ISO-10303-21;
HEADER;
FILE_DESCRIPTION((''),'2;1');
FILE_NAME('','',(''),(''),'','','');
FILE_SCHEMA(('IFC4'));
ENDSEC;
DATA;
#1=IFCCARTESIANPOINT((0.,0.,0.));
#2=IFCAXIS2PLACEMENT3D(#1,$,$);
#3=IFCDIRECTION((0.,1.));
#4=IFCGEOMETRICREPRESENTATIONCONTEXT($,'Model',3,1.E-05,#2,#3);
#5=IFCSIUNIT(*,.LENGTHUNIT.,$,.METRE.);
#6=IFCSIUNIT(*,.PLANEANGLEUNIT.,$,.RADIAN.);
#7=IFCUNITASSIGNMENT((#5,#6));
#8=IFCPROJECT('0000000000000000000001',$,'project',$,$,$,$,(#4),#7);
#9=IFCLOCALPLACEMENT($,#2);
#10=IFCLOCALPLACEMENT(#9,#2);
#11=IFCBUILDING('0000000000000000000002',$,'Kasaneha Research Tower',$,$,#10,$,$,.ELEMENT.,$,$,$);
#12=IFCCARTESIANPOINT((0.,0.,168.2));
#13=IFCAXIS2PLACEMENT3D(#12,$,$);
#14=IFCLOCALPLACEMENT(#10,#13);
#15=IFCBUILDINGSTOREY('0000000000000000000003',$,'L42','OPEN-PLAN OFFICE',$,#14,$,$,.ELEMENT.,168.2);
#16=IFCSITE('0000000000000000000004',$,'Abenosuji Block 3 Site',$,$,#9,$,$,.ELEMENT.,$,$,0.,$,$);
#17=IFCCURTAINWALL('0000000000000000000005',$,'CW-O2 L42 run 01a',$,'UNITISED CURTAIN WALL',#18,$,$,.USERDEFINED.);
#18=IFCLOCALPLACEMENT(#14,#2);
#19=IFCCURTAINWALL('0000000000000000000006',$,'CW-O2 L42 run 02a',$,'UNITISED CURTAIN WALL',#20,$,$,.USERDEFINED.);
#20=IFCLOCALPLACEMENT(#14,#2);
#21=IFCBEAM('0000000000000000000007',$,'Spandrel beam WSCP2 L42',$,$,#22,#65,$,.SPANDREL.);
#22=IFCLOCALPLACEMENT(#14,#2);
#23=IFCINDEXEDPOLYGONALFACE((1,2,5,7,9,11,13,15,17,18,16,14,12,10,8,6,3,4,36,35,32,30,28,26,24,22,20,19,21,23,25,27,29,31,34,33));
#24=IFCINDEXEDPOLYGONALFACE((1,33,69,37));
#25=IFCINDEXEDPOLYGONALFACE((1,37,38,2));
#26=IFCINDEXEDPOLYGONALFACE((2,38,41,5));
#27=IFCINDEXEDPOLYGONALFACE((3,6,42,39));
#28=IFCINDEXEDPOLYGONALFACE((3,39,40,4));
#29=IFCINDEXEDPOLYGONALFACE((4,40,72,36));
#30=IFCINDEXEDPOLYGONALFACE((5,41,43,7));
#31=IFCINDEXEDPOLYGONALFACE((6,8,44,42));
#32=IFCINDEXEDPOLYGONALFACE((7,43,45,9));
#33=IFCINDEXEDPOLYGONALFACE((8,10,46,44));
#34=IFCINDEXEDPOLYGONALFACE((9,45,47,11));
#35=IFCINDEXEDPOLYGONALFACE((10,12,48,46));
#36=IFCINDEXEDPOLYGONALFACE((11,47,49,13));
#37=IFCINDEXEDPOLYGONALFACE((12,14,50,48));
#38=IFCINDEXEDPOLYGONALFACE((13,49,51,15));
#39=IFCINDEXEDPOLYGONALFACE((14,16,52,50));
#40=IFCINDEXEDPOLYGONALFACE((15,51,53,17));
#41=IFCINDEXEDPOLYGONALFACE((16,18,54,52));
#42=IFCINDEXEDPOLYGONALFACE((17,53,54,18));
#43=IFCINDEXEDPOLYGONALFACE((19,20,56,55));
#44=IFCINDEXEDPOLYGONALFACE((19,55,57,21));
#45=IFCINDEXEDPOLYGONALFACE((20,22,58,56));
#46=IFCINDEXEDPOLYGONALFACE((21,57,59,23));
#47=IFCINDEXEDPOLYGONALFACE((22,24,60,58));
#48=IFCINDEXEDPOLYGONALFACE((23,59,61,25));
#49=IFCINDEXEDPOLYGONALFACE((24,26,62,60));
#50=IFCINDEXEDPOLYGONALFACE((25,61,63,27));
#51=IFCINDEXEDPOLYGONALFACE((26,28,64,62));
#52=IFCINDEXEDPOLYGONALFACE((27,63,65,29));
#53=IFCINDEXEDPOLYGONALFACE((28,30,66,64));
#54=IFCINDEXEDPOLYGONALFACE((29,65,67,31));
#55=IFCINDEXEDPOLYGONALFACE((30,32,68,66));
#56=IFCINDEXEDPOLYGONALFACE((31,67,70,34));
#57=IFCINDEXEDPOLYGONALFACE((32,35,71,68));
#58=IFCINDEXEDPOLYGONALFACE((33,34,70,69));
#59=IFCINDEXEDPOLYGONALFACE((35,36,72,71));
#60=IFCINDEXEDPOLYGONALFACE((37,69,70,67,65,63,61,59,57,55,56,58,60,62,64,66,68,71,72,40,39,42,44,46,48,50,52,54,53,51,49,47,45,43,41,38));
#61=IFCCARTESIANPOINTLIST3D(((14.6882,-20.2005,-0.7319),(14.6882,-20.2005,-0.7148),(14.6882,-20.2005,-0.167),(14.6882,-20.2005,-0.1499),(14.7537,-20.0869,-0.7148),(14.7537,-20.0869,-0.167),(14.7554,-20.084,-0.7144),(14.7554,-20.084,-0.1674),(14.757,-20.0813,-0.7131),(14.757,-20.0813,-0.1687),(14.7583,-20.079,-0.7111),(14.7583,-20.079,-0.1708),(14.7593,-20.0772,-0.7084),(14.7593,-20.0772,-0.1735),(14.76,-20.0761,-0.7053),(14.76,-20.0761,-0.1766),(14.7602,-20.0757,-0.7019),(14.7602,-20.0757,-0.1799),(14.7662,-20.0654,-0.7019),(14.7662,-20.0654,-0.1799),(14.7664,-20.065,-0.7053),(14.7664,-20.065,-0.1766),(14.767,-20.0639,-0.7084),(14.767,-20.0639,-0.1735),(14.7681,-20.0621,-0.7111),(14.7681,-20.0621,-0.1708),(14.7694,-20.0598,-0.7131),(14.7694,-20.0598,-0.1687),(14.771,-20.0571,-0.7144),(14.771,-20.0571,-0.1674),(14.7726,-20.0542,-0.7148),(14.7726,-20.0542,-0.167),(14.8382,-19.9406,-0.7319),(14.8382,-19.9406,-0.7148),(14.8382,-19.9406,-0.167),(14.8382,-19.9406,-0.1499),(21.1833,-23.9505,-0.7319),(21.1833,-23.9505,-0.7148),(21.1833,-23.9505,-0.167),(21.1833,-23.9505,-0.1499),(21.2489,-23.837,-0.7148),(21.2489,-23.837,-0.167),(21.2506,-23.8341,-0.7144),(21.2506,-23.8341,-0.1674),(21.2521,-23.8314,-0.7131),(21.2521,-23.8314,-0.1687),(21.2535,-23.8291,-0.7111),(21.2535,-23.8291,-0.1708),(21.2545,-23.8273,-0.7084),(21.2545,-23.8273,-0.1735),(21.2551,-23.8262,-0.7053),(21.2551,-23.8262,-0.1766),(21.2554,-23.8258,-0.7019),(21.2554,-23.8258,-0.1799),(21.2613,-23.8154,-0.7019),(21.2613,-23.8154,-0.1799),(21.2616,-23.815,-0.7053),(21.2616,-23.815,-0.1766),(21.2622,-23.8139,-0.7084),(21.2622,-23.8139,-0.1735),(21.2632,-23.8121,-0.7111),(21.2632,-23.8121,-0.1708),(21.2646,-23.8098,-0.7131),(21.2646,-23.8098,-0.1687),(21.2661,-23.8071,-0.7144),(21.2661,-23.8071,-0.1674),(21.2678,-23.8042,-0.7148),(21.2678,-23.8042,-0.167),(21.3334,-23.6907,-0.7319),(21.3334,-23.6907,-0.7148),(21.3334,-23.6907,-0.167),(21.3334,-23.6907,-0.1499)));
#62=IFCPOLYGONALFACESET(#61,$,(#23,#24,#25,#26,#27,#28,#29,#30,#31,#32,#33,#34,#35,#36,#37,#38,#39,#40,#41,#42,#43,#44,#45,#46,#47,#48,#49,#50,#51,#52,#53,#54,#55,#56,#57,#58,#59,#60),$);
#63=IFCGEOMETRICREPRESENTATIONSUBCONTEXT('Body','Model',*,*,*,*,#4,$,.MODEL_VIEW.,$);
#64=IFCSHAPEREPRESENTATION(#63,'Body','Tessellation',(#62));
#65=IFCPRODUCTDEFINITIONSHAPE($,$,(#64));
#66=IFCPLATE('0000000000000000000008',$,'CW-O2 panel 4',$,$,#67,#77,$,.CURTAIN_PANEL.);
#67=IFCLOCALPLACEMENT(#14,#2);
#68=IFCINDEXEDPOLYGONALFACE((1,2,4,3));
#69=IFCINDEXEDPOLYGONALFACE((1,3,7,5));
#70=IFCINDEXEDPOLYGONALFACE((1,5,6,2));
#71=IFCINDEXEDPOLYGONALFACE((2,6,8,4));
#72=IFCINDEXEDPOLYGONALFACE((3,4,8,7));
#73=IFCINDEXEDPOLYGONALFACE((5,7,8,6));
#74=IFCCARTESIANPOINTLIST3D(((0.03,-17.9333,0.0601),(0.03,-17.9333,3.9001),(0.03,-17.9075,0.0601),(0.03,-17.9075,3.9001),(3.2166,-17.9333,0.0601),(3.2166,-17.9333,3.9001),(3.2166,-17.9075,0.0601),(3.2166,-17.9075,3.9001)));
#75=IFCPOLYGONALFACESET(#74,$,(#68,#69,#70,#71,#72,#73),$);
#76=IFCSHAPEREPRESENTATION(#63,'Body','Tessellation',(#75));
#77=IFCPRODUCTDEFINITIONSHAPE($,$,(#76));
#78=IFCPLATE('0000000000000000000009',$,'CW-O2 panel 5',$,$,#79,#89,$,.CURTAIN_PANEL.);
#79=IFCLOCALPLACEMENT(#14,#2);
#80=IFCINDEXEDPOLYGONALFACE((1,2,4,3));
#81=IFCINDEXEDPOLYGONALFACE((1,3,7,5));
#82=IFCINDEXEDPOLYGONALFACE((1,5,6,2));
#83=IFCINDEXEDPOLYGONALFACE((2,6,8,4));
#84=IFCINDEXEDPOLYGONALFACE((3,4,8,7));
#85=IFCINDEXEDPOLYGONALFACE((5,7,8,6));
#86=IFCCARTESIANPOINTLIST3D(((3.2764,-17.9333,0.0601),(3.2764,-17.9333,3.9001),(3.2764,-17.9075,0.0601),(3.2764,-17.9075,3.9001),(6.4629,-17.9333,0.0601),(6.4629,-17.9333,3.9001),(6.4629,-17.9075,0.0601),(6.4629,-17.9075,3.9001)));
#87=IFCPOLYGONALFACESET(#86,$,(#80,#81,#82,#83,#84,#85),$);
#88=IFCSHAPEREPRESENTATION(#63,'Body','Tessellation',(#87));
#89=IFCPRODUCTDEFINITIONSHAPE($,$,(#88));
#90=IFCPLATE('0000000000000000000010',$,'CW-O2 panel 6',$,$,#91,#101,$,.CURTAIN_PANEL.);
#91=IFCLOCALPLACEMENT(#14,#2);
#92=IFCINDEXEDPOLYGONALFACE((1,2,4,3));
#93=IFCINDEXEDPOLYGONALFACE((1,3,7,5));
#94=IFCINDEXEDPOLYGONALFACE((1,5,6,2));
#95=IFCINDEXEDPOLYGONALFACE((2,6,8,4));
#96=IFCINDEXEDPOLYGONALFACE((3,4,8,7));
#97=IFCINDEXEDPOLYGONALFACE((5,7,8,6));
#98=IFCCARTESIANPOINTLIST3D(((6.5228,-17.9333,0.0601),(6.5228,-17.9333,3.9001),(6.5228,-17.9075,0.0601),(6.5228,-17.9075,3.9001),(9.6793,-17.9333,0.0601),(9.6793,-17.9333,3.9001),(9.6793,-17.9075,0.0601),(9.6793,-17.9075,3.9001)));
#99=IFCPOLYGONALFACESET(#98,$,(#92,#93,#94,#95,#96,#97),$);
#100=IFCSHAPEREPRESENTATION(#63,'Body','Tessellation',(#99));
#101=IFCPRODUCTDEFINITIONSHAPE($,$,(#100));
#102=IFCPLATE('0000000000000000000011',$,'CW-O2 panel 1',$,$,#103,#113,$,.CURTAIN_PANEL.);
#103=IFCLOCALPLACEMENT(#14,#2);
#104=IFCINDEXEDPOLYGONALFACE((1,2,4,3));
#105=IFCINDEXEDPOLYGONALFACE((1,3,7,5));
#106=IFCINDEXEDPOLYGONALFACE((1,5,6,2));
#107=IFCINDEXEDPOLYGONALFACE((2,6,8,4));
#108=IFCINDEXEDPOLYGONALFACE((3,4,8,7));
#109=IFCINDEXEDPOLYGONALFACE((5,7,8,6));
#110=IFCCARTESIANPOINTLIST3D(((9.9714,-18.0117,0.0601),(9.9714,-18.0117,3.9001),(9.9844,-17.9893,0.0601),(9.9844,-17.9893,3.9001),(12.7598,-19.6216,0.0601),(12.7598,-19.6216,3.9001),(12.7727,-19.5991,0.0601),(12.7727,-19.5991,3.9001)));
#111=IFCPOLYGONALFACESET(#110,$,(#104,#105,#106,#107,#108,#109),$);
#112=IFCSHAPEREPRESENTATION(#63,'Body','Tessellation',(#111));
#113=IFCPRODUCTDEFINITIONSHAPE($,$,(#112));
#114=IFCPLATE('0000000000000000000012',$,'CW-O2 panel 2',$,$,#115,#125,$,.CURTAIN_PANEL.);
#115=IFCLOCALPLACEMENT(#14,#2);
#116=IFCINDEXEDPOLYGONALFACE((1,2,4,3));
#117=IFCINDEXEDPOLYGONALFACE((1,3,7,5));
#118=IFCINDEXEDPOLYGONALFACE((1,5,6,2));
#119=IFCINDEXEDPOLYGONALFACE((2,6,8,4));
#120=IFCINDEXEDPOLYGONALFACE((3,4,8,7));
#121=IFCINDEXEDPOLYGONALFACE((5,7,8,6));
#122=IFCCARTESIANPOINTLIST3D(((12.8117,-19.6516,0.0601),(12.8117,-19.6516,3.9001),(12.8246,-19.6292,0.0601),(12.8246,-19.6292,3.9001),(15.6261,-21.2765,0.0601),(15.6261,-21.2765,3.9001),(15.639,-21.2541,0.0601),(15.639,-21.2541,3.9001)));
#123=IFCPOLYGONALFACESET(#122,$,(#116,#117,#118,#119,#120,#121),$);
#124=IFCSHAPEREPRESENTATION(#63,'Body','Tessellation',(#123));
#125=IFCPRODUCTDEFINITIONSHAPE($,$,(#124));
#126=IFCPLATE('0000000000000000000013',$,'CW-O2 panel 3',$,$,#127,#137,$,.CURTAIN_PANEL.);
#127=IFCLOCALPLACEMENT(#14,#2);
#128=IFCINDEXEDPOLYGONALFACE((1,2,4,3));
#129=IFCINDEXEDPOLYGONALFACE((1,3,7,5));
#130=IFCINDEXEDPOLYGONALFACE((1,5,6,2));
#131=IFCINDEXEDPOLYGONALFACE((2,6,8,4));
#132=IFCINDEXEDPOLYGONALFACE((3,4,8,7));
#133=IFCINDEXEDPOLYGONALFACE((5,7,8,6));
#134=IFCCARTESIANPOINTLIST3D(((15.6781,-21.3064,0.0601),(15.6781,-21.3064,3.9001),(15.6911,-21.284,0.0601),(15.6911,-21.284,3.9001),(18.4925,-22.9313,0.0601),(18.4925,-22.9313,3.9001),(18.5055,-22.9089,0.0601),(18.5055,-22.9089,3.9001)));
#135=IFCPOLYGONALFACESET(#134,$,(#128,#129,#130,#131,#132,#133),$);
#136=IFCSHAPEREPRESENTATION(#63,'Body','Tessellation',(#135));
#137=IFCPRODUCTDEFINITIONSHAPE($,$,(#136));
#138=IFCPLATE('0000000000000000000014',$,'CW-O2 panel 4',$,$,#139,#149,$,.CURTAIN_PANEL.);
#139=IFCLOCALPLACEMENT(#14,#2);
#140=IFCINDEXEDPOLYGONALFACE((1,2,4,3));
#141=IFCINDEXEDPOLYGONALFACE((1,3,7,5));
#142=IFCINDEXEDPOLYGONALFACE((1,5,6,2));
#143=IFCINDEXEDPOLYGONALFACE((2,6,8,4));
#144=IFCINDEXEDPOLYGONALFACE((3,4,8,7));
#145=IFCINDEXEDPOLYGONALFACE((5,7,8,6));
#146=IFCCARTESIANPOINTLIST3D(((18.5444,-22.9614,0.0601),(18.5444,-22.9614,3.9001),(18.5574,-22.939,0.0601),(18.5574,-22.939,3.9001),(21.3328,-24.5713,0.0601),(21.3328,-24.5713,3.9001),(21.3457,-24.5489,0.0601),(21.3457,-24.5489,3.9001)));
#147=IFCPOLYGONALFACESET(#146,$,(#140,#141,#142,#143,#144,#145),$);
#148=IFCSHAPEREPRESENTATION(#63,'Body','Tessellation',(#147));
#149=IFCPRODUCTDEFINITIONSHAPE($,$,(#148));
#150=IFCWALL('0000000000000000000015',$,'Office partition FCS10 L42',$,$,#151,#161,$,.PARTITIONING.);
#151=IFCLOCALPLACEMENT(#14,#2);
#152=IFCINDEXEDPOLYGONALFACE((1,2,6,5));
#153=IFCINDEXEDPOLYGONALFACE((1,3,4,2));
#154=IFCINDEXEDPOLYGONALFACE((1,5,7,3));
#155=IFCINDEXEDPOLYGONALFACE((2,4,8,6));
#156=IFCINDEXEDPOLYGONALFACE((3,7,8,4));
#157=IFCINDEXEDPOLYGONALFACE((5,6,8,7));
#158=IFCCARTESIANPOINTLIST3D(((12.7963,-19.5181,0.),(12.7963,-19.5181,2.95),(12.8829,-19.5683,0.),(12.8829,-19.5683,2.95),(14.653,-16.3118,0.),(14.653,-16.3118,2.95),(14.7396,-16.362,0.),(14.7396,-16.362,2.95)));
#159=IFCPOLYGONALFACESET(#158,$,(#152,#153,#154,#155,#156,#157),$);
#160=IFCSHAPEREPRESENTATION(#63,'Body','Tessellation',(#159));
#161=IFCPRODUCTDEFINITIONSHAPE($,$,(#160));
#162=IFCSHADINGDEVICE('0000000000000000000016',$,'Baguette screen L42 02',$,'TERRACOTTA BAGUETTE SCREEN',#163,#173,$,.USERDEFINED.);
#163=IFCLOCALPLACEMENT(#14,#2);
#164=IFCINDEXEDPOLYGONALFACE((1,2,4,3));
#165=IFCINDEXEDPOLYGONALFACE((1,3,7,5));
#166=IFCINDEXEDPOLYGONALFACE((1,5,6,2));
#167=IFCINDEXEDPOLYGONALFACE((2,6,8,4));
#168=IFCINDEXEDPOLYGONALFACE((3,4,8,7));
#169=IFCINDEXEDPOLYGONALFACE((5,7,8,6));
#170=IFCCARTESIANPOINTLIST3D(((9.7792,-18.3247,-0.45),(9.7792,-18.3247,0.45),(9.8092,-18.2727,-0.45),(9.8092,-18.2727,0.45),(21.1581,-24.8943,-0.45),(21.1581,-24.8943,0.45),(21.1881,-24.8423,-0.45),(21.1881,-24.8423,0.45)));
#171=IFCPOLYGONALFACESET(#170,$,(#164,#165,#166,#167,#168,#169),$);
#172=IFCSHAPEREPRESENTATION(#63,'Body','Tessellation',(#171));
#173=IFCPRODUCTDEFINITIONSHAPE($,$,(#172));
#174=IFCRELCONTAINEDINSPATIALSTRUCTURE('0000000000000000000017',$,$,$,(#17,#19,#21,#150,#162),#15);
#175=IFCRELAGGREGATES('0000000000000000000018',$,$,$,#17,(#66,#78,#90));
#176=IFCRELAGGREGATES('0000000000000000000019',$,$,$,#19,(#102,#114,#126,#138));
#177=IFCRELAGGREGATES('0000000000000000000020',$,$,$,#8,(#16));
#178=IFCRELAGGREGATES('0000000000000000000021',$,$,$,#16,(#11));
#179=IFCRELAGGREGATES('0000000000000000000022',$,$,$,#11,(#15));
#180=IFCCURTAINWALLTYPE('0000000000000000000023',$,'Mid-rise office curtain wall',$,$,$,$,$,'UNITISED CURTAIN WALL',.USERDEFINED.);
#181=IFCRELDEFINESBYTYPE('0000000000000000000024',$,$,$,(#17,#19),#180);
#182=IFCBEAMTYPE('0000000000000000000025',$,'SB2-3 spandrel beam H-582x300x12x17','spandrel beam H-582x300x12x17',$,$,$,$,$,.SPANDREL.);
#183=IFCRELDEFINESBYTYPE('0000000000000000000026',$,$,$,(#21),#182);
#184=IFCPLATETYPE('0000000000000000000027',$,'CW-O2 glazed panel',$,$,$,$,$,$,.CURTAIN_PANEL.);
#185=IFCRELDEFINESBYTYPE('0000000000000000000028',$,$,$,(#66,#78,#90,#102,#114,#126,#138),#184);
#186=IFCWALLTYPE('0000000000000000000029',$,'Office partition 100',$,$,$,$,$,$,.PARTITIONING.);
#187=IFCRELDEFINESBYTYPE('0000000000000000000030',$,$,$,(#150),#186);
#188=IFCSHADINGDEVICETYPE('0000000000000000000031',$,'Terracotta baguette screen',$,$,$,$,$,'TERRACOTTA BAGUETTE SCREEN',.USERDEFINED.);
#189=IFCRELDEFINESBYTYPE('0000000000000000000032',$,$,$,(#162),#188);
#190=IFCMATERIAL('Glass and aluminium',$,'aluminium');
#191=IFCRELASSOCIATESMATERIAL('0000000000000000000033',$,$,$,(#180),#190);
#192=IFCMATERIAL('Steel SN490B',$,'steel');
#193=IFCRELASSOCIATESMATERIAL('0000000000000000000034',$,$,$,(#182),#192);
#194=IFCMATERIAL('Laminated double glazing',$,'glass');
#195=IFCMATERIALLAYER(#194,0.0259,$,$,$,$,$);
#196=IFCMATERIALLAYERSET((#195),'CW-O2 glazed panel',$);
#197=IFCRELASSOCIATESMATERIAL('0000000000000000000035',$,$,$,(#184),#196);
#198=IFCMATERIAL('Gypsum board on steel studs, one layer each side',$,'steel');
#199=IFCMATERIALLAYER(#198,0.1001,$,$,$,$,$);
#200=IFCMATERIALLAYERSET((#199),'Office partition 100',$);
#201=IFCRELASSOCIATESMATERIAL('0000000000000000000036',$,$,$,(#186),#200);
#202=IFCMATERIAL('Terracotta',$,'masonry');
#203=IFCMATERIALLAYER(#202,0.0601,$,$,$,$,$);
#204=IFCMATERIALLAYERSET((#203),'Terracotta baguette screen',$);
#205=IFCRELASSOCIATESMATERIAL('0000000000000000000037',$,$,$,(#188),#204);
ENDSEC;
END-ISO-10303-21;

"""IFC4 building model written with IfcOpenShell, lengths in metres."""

from ifc_helpers import new_model, si_unit, direction, frame, frame_2d, origin, origin_2d, place, context, subcontext, project, spatial, rectangle, i_section, extrude, material, layer, layer_set, material_profile, profile_set, type_object, element, aggregate, save


model = new_model("IFC4")

# Units and contexts
model_context = context("Model", 3, precision=1e-05, world=origin(), true_north=direction((0.0, 1.0)))
body_context = subcontext(model_context, "Body", "Model", "MODEL_VIEW")
ifc_project = project(units=[si_unit("LENGTHUNIT", "METRE"), si_unit("PLANEANGLEUNIT", "RADIAN")], contexts=[model_context])

# Site, building, storey
site_placement = place(None, origin())
site = spatial("IfcSite", under=ifc_project, at=site_placement, Name="Abenosuji Block 3 Site", CompositionType="ELEMENT", RefElevation=0.0)
building_placement = place(site_placement, origin())
building = spatial("IfcBuilding", under=site, at=building_placement, Name="Kasaneha Research Tower", CompositionType="ELEMENT")
storey_placement = place(building_placement, frame((0.0, 0.0, 168.2)))
storey = spatial("IfcBuildingStorey", under=building, at=storey_placement, Name="L42", Description="OPEN-PLAN OFFICE", CompositionType="ELEMENT", Elevation=168.2)

# Curtain walls
ifc_material_1 = material(Name="Glass and aluminium", Category="aluminium")
curtain_wall_type = type_object("IfcCurtainWallType", Name="Mid-rise office curtain wall", ElementType="UNITISED CURTAIN WALL", PredefinedType="USERDEFINED", material=ifc_material_1)
curtain_wall_1_placement = place(storey_placement, origin())
curtain_wall_1 = element("IfcCurtainWall", 1, at=curtain_wall_1_placement, inside=storey, type_object=curtain_wall_type, Name="CW-O2 L42 run 01a", ObjectType="UNITISED CURTAIN WALL", PredefinedType="USERDEFINED")
curtain_wall_2_placement = place(storey_placement, origin())
curtain_wall_2 = element("IfcCurtainWall", 2, at=curtain_wall_2_placement, inside=storey, type_object=curtain_wall_type, Name="CW-O2 L42 run 02a", ObjectType="UNITISED CURTAIN WALL", PredefinedType="USERDEFINED")

# Beam
ifc_material_2 = material(Name="Steel SN490B", Category="steel")
ifc_material_profile_1 = material_profile(ifc_material_2, i_section(OverallWidth=0.3, OverallDepth=0.582, WebThickness=0.012, FlangeThickness=0.0171, FilletRadius=0.0129, at=origin_2d()), Name="H-582x300x12x17")
ifc_profile_set_1 = profile_set([ifc_material_profile_1], Name="Steel SN490B")
beam_type_1 = type_object("IfcBeamType", Name="SB2-3 spandrel beam H-582x300x12x17", Description="spandrel beam H-582x300x12x17", PredefinedType="SPANDREL", material=ifc_profile_set_1)
beam_1_placement = place(storey_placement, frame((14.7632, -20.0706, -0.4409), z_axis=(0.866023, -0.500004, 0.0), x_axis=(0.500004, 0.866023, 0.0)))
element("IfcBeam", 3, at=beam_1_placement, inside=storey, type_object=beam_type_1, Name="Spandrel beam WSCP2 L42", PredefinedType="SPANDREL", context=body_context, shape_type="SweptSolid", body=[
    extrude(i_section(OverallWidth=0.3, OverallDepth=0.582, WebThickness=0.012, FlangeThickness=0.0171, FilletRadius=0.0129, at=origin_2d()), origin(), (0.0, 0.0, 1.0), 7.5),
])

# Plates
ifc_material_3 = material(Name="Laminated double glazing", Category="glass")
ifc_layer_1 = layer(ifc_material_3, 0.0259)
ifc_layer_set_1 = layer_set([ifc_layer_1], Name="CW-O2 glazed panel")
plate_type = type_object("IfcPlateType", Name="CW-O2 glazed panel", PredefinedType="CURTAIN_PANEL", material=ifc_layer_set_1)
plate_1_placement = place(storey_placement, frame((1.6233, -17.9204, 0.0601), z_axis=(0.0, 0.0, 1.0), x_axis=(1.0, 0.0, 0.0)))
plate_1 = element("IfcPlate", 4, at=plate_1_placement, type_object=plate_type, Name="CW-O2 panel 4", PredefinedType="CURTAIN_PANEL", context=body_context, shape_type="SweptSolid", body=[
    extrude(rectangle(XDim=3.1865, YDim=0.0259, at=origin_2d()), origin(), (0.0, 0.0, 1.0), 3.8401),
])
plate_2_placement = place(storey_placement, frame((4.8696, -17.9204, 0.0601), z_axis=(0.0, 0.0, 1.0), x_axis=(1.0, 0.0, 0.0)))
plate_2 = element("IfcPlate", 5, at=plate_2_placement, type_object=plate_type, Name="CW-O2 panel 5", PredefinedType="CURTAIN_PANEL", context=body_context, shape_type="SweptSolid", body=[
    extrude(rectangle(XDim=3.1865, YDim=0.0259, at=origin_2d()), origin(), (0.0, 0.0, 1.0), 3.8401),
])
plate_3_placement = place(storey_placement, frame((8.1011, -17.9204, 0.0601), z_axis=(0.0, 0.0, 1.0), x_axis=(1.0, 0.0, 0.0)))
plate_3 = element("IfcPlate", 6, at=plate_3_placement, type_object=plate_type, Name="CW-O2 panel 6", PredefinedType="CURTAIN_PANEL", context=body_context, shape_type="SweptSolid", body=[
    extrude(rectangle(XDim=3.1565, YDim=0.0259, at=origin_2d()), origin(), (0.0, 0.0, 1.0), 3.8401),
])
aggregate(curtain_wall_1, [plate_1, plate_2, plate_3])
plate_4_placement = place(storey_placement, frame((11.3721, -18.8054, 0.0601), z_axis=(0.0, 0.0, 1.0), x_axis=(0.866025, -0.5, 0.0)))
plate_4 = element("IfcPlate", 7, at=plate_4_placement, type_object=plate_type, Name="CW-O2 panel 1", PredefinedType="CURTAIN_PANEL", context=body_context, shape_type="SweptSolid", body=[
    extrude(rectangle(XDim=3.2197, YDim=0.0259, at=origin_2d()), origin(), (0.0, 0.0, 1.0), 3.8401),
])
plate_5_placement = place(storey_placement, frame((14.2253, -20.4529, 0.0601), z_axis=(0.0, 0.0, 1.0), x_axis=(0.866025, -0.5, 0.0)))
plate_5 = element("IfcPlate", 8, at=plate_5_placement, type_object=plate_type, Name="CW-O2 panel 2", PredefinedType="CURTAIN_PANEL", context=body_context, shape_type="SweptSolid", body=[
    extrude(rectangle(XDim=3.2498, YDim=0.0259, at=origin_2d()), origin(), (0.0, 0.0, 1.0), 3.8401),
])
plate_6_placement = place(storey_placement, frame((17.0918, -22.1077, 0.0601), z_axis=(0.0, 0.0, 1.0), x_axis=(0.866025, -0.5, 0.0)))
plate_6 = element("IfcPlate", 9, at=plate_6_placement, type_object=plate_type, Name="CW-O2 panel 3", PredefinedType="CURTAIN_PANEL", context=body_context, shape_type="SweptSolid", body=[
    extrude(rectangle(XDim=3.2498, YDim=0.0259, at=origin_2d()), origin(), (0.0, 0.0, 1.0), 3.8401),
])
plate_7_placement = place(storey_placement, frame((19.9451, -23.7551, 0.0601), z_axis=(0.0, 0.0, 1.0), x_axis=(0.866025, -0.5, 0.0)))
plate_7 = element("IfcPlate", 10, at=plate_7_placement, type_object=plate_type, Name="CW-O2 panel 4", PredefinedType="CURTAIN_PANEL", context=body_context, shape_type="SweptSolid", body=[
    extrude(rectangle(XDim=3.2197, YDim=0.0259, at=origin_2d()), origin(), (0.0, 0.0, 1.0), 3.8401),
])
aggregate(curtain_wall_2, [plate_4, plate_5, plate_6, plate_7])

# Wall
ifc_material_4 = material(Name="Gypsum board on steel studs, one layer each side", Category="steel")
ifc_layer_2 = layer(ifc_material_4, 0.1001)
ifc_layer_set_2 = layer_set([ifc_layer_2], Name="Office partition 100")
wall_type = type_object("IfcWallType", Name="Office partition 100", PredefinedType="PARTITIONING", material=ifc_layer_set_2)
wall_placement = place(storey_placement, frame((12.8396, -19.5432, 0.0), z_axis=(0.0, 0.0, 1.0), x_axis=(0.501119, 0.865378, 0.0)))
element("IfcWall", 11, at=wall_placement, inside=storey, type_object=wall_type, Name="Office partition FCS10 L42", PredefinedType="PARTITIONING", context=body_context, shape_type="SweptSolid", body=[
    extrude(rectangle(XDim=3.7051, YDim=0.1001, at=frame_2d((1.8525, 0.0))), origin(), (0.0, 0.0, 1.0), 2.95),
])

# Shading device
ifc_material_5 = material(Name="Terracotta", Category="masonry")
ifc_layer_3 = layer(ifc_material_5, 0.0601)
ifc_layer_set_3 = layer_set([ifc_layer_3], Name="Terracotta baguette screen")
shading_device_type = type_object("IfcShadingDeviceType", Name="Terracotta baguette screen", ElementType="TERRACOTTA BAGUETTE SCREEN", PredefinedType="USERDEFINED", material=ifc_layer_set_3)
shading_device_placement = place(storey_placement, frame((15.4836, -21.5835, -0.45), z_axis=(0.0, 0.0, 1.0), x_axis=(0.866025, -0.5, 0.0)))
element("IfcShadingDevice", 12, at=shading_device_placement, inside=storey, type_object=shading_device_type, Name="Baguette screen L42 02", ObjectType="TERRACOTTA BAGUETTE SCREEN", PredefinedType="USERDEFINED", context=body_context, shape_type="SweptSolid", body=[
    extrude(rectangle(XDim=13.1392, YDim=0.0601, at=origin_2d()), origin(), (0.0, 0.0, 1.0), 0.8999),
])

save(model, "model.ifc")
